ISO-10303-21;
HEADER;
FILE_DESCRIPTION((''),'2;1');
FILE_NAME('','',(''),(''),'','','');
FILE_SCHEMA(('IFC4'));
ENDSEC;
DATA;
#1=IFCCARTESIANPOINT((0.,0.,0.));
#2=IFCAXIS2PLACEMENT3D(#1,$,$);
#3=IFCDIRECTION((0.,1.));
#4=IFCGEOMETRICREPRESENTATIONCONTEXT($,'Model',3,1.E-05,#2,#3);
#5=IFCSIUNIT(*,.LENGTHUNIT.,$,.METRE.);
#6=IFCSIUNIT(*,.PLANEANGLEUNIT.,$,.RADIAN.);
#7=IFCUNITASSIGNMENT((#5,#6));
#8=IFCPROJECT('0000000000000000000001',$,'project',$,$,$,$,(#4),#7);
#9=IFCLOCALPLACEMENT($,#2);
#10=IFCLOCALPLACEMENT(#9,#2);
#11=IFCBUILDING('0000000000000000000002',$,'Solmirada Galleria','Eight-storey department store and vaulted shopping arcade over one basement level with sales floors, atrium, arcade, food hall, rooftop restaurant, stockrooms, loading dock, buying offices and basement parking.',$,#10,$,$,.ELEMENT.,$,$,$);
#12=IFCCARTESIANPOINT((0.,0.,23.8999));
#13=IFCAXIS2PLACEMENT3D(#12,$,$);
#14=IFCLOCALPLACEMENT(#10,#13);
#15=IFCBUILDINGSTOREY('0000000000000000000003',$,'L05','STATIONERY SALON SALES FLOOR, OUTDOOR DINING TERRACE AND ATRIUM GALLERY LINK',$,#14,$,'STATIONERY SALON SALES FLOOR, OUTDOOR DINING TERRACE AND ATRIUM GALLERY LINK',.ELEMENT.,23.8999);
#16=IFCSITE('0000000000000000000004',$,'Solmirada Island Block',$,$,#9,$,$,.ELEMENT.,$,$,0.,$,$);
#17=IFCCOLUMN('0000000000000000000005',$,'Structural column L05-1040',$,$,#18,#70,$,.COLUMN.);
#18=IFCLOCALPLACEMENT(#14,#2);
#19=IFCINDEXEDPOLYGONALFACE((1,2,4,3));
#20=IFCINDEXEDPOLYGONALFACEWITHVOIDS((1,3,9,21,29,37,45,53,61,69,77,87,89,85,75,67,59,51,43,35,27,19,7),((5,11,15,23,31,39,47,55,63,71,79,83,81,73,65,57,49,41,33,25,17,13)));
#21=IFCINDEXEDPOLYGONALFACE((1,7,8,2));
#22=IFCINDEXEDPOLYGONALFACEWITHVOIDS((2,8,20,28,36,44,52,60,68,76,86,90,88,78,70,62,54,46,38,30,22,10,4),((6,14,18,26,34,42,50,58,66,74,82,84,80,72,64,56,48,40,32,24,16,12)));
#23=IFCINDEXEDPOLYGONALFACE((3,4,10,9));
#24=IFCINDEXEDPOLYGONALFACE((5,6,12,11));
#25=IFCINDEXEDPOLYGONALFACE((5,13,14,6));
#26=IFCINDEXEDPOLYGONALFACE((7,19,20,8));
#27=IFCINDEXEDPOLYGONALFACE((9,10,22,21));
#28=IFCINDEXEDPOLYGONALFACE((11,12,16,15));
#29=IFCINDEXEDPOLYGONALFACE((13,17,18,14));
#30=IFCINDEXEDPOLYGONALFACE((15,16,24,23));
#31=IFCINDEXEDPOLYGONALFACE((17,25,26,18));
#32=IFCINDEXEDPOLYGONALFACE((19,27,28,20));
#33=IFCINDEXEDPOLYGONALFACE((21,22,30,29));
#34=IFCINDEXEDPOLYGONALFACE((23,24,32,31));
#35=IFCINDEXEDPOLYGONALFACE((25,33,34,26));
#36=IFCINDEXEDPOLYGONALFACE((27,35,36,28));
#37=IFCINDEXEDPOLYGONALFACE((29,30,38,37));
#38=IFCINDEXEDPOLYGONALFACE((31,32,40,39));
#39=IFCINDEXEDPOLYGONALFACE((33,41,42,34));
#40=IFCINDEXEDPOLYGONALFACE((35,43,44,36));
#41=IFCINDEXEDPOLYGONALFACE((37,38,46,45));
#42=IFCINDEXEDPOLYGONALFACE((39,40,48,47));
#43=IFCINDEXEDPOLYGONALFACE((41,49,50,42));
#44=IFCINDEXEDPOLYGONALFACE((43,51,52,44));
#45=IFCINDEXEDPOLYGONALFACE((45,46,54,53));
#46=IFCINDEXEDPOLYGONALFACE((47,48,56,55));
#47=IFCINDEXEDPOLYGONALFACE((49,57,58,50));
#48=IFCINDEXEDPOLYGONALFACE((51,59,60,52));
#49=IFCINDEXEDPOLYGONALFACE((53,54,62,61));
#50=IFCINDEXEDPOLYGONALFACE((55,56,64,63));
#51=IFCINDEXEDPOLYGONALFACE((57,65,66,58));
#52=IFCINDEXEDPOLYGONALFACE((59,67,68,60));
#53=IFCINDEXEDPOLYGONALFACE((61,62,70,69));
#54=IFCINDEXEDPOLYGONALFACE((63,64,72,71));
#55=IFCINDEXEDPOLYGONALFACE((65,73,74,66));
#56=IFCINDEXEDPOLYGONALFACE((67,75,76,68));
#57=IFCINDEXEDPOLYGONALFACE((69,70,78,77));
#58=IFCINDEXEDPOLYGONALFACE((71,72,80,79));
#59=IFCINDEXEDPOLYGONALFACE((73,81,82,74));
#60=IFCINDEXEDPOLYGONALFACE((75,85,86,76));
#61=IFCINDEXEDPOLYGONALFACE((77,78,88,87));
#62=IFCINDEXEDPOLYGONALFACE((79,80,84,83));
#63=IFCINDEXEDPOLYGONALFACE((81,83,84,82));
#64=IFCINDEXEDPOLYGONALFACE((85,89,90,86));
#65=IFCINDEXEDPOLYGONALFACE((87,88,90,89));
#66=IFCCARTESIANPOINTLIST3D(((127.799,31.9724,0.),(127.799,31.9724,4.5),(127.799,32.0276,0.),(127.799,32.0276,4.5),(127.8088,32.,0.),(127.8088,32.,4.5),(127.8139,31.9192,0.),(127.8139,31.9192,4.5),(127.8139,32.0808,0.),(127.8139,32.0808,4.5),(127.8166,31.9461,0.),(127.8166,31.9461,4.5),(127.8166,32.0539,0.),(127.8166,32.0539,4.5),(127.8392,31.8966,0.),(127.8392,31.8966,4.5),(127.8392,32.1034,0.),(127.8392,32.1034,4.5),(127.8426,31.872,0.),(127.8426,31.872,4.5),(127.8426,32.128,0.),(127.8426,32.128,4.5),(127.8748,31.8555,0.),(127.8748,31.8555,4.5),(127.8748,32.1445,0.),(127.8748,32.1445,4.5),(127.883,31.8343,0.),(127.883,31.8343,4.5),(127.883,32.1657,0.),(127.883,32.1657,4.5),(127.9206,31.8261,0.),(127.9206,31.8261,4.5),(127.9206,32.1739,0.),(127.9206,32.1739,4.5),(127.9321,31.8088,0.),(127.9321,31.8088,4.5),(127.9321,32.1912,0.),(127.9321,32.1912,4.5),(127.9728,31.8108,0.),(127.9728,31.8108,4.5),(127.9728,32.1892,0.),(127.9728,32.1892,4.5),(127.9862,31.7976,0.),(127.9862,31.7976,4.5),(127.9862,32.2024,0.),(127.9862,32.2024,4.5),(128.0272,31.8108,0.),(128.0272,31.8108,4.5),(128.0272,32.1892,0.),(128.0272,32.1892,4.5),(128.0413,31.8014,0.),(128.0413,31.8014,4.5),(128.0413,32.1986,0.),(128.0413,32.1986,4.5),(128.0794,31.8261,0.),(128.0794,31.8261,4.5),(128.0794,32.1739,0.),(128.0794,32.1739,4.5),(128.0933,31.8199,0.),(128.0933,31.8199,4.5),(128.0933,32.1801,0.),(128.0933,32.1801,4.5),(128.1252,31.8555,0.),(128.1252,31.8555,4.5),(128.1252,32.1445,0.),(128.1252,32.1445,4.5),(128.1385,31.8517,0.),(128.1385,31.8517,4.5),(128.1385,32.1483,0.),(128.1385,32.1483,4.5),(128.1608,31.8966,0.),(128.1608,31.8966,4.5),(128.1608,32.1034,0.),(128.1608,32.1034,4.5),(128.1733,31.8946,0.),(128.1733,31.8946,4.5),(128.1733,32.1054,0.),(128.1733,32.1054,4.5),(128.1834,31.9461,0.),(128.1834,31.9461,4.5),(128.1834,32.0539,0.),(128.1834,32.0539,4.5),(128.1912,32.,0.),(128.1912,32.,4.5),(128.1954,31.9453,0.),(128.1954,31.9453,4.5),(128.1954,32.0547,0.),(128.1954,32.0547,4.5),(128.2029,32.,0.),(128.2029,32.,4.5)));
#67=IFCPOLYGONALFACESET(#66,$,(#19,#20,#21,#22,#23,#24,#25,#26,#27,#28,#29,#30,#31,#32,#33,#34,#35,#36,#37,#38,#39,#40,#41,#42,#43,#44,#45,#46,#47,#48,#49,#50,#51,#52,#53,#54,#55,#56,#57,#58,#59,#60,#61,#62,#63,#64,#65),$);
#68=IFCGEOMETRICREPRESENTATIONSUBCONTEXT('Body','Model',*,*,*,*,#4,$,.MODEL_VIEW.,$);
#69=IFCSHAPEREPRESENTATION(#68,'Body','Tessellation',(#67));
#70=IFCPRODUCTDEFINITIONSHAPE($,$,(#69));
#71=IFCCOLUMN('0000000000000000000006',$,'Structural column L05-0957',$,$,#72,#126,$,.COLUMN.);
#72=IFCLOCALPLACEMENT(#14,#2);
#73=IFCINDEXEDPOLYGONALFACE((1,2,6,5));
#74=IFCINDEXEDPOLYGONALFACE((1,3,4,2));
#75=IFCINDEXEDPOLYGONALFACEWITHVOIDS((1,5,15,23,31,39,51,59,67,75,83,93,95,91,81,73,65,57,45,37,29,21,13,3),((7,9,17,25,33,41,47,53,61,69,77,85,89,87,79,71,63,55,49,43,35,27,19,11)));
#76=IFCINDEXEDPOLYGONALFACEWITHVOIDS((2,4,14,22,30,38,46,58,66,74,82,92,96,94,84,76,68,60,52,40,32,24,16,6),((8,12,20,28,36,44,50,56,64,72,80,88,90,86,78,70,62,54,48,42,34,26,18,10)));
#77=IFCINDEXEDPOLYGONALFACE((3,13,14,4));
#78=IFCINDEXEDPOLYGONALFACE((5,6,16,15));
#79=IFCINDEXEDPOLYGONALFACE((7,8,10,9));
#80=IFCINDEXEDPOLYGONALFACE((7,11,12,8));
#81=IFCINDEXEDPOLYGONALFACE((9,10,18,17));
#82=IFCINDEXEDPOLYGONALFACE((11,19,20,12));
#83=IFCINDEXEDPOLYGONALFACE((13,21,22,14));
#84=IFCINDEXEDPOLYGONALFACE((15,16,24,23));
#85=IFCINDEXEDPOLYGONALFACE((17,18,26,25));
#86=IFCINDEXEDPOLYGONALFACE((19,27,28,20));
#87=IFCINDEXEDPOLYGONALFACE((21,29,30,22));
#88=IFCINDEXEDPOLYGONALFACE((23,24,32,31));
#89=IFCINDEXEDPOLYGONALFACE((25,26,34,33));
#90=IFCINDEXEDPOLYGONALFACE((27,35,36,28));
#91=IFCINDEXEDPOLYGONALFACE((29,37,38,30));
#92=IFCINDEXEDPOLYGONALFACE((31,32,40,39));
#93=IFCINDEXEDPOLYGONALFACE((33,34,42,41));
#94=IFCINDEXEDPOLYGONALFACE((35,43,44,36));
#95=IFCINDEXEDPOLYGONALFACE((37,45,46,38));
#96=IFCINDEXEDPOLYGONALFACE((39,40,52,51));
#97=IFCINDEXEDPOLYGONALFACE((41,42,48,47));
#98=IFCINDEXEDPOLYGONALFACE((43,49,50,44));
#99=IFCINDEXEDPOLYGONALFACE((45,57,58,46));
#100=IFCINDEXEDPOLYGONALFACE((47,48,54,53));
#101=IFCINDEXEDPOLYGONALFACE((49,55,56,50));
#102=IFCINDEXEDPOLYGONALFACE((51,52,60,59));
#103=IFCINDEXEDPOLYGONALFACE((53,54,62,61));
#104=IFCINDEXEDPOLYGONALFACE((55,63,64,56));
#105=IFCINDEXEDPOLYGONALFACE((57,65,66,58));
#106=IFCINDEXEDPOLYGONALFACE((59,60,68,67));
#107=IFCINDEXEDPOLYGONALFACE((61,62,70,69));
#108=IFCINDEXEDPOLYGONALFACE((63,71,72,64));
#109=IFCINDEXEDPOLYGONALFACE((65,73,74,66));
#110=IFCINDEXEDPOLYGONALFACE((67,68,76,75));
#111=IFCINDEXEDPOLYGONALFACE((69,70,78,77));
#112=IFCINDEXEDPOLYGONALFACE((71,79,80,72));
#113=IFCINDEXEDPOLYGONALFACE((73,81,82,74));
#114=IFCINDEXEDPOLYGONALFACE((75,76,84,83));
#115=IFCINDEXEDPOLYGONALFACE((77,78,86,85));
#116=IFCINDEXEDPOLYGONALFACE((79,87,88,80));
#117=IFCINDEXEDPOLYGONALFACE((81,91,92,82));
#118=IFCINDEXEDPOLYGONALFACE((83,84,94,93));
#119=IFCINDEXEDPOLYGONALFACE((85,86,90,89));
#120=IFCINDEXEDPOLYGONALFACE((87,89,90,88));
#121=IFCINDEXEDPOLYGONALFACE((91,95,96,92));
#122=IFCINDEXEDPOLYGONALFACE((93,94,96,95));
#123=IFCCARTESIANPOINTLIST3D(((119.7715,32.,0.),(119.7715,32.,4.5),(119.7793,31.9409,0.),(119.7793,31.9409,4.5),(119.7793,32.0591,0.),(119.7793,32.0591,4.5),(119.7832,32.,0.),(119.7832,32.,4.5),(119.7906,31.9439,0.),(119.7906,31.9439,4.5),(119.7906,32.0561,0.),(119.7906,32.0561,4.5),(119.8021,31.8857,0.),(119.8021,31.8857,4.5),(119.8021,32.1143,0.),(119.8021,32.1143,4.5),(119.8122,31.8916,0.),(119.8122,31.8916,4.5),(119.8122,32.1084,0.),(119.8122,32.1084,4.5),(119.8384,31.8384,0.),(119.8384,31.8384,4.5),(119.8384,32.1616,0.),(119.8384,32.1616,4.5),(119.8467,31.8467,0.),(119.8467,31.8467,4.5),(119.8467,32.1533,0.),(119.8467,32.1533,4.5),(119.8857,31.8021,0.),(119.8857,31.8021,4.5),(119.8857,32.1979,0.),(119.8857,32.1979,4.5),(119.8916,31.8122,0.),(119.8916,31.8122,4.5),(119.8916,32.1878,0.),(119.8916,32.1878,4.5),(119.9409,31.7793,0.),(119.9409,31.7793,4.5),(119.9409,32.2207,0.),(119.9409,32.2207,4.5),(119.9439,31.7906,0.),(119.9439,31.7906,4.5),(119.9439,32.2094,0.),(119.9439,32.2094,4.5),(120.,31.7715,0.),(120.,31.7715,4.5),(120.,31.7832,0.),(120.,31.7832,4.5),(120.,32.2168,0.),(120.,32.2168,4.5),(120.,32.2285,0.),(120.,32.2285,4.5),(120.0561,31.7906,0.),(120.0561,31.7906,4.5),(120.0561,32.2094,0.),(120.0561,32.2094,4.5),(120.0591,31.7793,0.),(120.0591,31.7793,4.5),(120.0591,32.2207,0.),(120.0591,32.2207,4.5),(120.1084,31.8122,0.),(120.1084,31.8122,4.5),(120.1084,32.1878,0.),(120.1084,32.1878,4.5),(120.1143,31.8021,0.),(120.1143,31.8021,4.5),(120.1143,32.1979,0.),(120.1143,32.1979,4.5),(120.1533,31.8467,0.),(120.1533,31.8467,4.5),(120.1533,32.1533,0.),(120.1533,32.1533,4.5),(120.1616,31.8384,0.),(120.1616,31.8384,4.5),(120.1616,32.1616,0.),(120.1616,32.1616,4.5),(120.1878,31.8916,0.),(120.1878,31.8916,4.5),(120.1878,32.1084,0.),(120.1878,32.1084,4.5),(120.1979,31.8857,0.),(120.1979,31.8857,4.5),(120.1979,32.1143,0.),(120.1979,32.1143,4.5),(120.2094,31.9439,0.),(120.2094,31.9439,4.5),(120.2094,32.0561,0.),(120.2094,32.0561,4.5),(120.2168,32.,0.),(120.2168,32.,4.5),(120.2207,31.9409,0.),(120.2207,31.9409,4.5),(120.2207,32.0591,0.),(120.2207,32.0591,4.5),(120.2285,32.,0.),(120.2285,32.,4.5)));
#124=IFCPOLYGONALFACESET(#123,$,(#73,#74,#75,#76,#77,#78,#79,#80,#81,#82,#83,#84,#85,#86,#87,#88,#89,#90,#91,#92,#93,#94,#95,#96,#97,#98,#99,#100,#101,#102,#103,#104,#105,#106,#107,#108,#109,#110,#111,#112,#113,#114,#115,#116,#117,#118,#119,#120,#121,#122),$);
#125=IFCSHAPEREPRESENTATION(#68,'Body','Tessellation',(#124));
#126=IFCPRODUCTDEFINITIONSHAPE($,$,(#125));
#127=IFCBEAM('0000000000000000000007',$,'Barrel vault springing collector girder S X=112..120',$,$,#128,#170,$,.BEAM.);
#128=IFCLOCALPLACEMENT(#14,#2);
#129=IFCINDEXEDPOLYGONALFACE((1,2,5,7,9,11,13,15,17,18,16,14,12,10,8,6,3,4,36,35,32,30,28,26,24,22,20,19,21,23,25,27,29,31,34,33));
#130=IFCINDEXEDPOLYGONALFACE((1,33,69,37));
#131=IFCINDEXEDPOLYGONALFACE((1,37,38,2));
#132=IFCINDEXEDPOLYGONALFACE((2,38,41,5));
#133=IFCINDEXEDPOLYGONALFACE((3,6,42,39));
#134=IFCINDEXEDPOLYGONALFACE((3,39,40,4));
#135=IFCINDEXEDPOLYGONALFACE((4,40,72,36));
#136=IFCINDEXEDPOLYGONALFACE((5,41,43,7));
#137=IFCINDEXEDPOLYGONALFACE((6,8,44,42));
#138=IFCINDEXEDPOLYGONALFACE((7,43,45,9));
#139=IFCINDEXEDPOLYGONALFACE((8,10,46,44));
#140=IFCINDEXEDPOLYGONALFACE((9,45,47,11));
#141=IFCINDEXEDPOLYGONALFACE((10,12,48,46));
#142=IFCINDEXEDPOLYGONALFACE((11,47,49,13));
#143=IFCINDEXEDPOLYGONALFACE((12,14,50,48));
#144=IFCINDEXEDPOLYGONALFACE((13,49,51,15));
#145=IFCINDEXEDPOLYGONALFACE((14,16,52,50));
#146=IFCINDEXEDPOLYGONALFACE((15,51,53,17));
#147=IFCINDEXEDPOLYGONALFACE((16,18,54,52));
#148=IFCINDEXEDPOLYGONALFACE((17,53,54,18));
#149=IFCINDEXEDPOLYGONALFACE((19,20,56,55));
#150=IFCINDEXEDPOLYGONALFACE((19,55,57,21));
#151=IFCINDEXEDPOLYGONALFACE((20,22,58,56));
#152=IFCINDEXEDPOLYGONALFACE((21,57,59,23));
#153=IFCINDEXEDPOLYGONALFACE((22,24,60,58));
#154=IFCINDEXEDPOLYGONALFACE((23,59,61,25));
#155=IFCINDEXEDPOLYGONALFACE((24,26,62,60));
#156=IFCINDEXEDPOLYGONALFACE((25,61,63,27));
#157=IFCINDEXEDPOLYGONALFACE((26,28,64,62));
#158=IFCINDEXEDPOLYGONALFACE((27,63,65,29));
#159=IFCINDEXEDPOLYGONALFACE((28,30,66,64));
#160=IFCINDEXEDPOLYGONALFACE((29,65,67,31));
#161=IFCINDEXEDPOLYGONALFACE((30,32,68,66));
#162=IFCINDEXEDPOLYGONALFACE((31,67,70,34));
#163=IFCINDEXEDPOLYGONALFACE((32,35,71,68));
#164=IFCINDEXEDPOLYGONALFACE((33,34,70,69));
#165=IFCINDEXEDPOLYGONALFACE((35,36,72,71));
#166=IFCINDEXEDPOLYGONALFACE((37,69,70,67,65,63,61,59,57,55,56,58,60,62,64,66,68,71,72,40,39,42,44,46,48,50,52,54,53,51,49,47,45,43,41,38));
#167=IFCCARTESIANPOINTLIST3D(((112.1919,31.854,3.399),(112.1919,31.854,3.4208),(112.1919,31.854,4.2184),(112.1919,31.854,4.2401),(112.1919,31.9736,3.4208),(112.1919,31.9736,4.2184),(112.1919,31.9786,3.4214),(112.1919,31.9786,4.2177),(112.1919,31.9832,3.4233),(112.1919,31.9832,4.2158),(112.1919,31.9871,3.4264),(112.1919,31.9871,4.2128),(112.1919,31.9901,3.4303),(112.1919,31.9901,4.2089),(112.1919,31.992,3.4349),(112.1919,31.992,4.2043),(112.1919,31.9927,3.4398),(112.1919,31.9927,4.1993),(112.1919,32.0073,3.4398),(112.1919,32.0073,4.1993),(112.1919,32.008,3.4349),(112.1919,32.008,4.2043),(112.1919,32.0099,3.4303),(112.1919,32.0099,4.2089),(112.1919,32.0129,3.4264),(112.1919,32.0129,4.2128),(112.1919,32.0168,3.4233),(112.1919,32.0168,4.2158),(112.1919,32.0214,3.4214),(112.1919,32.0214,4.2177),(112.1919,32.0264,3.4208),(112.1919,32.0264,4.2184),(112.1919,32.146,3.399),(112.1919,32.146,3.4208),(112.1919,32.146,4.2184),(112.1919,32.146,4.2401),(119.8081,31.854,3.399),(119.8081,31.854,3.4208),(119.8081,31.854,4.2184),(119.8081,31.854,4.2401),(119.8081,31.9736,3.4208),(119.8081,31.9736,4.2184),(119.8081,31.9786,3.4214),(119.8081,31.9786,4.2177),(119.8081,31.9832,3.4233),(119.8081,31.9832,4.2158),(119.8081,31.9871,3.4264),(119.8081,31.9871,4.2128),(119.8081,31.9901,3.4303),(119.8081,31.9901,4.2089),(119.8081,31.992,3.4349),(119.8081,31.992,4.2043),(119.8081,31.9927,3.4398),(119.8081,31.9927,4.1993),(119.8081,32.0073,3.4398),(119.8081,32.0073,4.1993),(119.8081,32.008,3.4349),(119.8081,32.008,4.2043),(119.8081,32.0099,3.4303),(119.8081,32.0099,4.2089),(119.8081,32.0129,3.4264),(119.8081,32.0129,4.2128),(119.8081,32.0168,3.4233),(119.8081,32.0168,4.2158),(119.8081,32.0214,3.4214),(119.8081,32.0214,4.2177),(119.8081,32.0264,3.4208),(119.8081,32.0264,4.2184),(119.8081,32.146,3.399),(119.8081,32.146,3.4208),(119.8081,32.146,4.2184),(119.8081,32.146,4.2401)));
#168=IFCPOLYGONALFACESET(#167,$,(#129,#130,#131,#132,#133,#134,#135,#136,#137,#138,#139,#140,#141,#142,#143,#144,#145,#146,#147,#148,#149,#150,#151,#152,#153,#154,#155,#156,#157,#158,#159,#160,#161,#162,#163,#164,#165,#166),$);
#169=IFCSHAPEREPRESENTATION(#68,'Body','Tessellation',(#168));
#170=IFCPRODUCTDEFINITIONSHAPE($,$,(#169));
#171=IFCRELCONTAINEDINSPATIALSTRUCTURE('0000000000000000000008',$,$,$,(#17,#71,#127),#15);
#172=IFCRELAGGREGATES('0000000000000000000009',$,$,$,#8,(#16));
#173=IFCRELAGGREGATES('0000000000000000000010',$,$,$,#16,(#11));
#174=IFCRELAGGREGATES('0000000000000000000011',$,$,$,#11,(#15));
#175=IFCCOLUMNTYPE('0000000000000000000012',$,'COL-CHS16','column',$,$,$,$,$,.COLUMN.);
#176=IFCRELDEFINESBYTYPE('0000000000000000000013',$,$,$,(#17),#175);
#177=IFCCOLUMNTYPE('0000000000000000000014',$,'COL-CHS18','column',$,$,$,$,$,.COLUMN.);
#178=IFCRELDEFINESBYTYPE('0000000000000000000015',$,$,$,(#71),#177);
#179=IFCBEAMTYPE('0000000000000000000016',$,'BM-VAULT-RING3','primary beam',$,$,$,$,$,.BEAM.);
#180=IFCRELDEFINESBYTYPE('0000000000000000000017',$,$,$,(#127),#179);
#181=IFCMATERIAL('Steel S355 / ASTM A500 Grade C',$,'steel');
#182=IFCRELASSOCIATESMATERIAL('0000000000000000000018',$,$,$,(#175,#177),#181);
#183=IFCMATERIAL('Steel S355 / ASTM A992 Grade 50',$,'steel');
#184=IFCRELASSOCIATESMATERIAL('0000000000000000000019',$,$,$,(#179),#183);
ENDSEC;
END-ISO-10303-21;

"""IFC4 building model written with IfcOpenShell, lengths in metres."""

from ifc_helpers import new_model, si_unit, direction, frame, origin, origin_2d, place, context, subcontext, project, spatial, hollow_circle, i_section, extrude, material, material_profile, profile_set, type_object, element, save


model = new_model("IFC4")

# Units and contexts
model_context = context("Model", 3, precision=1e-05, world=origin(), true_north=direction((0.0, 1.0)))
body_context = subcontext(model_context, "Body", "Model", "MODEL_VIEW")
ifc_project = project(units=[si_unit("LENGTHUNIT", "METRE"), si_unit("PLANEANGLEUNIT", "RADIAN")], contexts=[model_context])

# Site, building, storey
site_placement = place(None, origin())
site = spatial("IfcSite", under=ifc_project, at=site_placement, Name="Solmirada Island Block", CompositionType="ELEMENT", RefElevation=0.0)
building_placement = place(site_placement, origin())
building = spatial("IfcBuilding", under=site, at=building_placement, Name="Solmirada Galleria", Description="Eight-storey department store and vaulted shopping arcade over one basement level with sales floors, atrium, arcade, food hall, rooftop restaurant, stockrooms, loading dock, buying offices and basement parking.", CompositionType="ELEMENT")
storey_placement = place(building_placement, frame((0.0, 0.0, 23.8999)))
storey = spatial("IfcBuildingStorey", under=building, at=storey_placement, Name="L05", Description="STATIONERY SALON SALES FLOOR, OUTDOOR DINING TERRACE AND ATRIUM GALLERY LINK", LongName="STATIONERY SALON SALES FLOOR, OUTDOOR DINING TERRACE AND ATRIUM GALLERY LINK", CompositionType="ELEMENT", Elevation=23.8999)

# Columns
ifc_material_1 = material(Name="Steel S355 / ASTM A500 Grade C", Category="steel")
ifc_material_profile_1 = material_profile(ifc_material_1, hollow_circle(Radius=0.2029, WallThickness=0.0117, at=origin_2d()), Name="HSS16.000X0.500")
ifc_profile_set_1 = profile_set([ifc_material_profile_1], Name="Steel S355 / ASTM A500 Grade C")
column_type_1 = type_object("IfcColumnType", Name="COL-CHS16", Description="column", PredefinedType="COLUMN", material=ifc_profile_set_1)
column_1_placement = place(storey_placement, frame((128.0, 32.0, 0.0), z_axis=(0.0, 0.0, 1.0), x_axis=(1.0, 0.0, 0.0)))
element("IfcColumn", 1, at=column_1_placement, inside=storey, type_object=column_type_1, Name="Structural column L05-1040", PredefinedType="COLUMN", context=body_context, shape_type="SweptSolid", body=[
    extrude(hollow_circle(Radius=0.2029, WallThickness=0.0117, at=origin_2d()), origin(), (0.0, 0.0, 1.0), 4.5),
])
ifc_material_profile_2 = material_profile(ifc_material_1, hollow_circle(Radius=0.2285, WallThickness=0.0117, at=origin_2d()), Name="HSS18.000X0.500")
ifc_profile_set_2 = profile_set([ifc_material_profile_2], Name="Steel S355 / ASTM A500 Grade C")
column_type_2 = type_object("IfcColumnType", Name="COL-CHS18", Description="column", PredefinedType="COLUMN", material=ifc_profile_set_2)
column_2_placement = place(storey_placement, frame((120.0, 32.0, 0.0), z_axis=(0.0, 0.0, 1.0), x_axis=(1.0, 0.0, 0.0)))
element("IfcColumn", 2, at=column_2_placement, inside=storey, type_object=column_type_2, Name="Structural column L05-0957", PredefinedType="COLUMN", context=body_context, shape_type="SweptSolid", body=[
    extrude(hollow_circle(Radius=0.2285, WallThickness=0.0117, at=origin_2d()), origin(), (0.0, 0.0, 1.0), 4.5),
])

# Beam
ifc_material_2 = material(Name="Steel S355 / ASTM A992 Grade 50", Category="steel")
ifc_material_profile_3 = material_profile(ifc_material_2, i_section(OverallWidth=0.292, OverallDepth=0.8411, WebThickness=0.0146, FlangeThickness=0.0217, FilletRadius=0.019, at=origin_2d()), Name="W33X130")
ifc_profile_set_3 = profile_set([ifc_material_profile_3], Name="Steel S355 / ASTM A992 Grade 50")
beam_type = type_object("IfcBeamType", Name="BM-VAULT-RING3", Description="primary beam", PredefinedType="BEAM", material=ifc_profile_set_3)
beam_1_placement = place(storey_placement, frame((112.1919, 32.0, 3.8196), z_axis=(1.0, 0.0, 0.0), x_axis=(0.0, 1.0, 0.0)))
element("IfcBeam", 3, at=beam_1_placement, inside=storey, type_object=beam_type, Name="Barrel vault springing collector girder S X=112..120", PredefinedType="BEAM", context=body_context, shape_type="SweptSolid", body=[
    extrude(i_section(OverallWidth=0.292, OverallDepth=0.8411, WebThickness=0.0146, FlangeThickness=0.0217, FilletRadius=0.019, at=origin_2d()), origin(), (0.0, 0.0, 1.0), 7.6162),
])

save(model, "model.ifc")
